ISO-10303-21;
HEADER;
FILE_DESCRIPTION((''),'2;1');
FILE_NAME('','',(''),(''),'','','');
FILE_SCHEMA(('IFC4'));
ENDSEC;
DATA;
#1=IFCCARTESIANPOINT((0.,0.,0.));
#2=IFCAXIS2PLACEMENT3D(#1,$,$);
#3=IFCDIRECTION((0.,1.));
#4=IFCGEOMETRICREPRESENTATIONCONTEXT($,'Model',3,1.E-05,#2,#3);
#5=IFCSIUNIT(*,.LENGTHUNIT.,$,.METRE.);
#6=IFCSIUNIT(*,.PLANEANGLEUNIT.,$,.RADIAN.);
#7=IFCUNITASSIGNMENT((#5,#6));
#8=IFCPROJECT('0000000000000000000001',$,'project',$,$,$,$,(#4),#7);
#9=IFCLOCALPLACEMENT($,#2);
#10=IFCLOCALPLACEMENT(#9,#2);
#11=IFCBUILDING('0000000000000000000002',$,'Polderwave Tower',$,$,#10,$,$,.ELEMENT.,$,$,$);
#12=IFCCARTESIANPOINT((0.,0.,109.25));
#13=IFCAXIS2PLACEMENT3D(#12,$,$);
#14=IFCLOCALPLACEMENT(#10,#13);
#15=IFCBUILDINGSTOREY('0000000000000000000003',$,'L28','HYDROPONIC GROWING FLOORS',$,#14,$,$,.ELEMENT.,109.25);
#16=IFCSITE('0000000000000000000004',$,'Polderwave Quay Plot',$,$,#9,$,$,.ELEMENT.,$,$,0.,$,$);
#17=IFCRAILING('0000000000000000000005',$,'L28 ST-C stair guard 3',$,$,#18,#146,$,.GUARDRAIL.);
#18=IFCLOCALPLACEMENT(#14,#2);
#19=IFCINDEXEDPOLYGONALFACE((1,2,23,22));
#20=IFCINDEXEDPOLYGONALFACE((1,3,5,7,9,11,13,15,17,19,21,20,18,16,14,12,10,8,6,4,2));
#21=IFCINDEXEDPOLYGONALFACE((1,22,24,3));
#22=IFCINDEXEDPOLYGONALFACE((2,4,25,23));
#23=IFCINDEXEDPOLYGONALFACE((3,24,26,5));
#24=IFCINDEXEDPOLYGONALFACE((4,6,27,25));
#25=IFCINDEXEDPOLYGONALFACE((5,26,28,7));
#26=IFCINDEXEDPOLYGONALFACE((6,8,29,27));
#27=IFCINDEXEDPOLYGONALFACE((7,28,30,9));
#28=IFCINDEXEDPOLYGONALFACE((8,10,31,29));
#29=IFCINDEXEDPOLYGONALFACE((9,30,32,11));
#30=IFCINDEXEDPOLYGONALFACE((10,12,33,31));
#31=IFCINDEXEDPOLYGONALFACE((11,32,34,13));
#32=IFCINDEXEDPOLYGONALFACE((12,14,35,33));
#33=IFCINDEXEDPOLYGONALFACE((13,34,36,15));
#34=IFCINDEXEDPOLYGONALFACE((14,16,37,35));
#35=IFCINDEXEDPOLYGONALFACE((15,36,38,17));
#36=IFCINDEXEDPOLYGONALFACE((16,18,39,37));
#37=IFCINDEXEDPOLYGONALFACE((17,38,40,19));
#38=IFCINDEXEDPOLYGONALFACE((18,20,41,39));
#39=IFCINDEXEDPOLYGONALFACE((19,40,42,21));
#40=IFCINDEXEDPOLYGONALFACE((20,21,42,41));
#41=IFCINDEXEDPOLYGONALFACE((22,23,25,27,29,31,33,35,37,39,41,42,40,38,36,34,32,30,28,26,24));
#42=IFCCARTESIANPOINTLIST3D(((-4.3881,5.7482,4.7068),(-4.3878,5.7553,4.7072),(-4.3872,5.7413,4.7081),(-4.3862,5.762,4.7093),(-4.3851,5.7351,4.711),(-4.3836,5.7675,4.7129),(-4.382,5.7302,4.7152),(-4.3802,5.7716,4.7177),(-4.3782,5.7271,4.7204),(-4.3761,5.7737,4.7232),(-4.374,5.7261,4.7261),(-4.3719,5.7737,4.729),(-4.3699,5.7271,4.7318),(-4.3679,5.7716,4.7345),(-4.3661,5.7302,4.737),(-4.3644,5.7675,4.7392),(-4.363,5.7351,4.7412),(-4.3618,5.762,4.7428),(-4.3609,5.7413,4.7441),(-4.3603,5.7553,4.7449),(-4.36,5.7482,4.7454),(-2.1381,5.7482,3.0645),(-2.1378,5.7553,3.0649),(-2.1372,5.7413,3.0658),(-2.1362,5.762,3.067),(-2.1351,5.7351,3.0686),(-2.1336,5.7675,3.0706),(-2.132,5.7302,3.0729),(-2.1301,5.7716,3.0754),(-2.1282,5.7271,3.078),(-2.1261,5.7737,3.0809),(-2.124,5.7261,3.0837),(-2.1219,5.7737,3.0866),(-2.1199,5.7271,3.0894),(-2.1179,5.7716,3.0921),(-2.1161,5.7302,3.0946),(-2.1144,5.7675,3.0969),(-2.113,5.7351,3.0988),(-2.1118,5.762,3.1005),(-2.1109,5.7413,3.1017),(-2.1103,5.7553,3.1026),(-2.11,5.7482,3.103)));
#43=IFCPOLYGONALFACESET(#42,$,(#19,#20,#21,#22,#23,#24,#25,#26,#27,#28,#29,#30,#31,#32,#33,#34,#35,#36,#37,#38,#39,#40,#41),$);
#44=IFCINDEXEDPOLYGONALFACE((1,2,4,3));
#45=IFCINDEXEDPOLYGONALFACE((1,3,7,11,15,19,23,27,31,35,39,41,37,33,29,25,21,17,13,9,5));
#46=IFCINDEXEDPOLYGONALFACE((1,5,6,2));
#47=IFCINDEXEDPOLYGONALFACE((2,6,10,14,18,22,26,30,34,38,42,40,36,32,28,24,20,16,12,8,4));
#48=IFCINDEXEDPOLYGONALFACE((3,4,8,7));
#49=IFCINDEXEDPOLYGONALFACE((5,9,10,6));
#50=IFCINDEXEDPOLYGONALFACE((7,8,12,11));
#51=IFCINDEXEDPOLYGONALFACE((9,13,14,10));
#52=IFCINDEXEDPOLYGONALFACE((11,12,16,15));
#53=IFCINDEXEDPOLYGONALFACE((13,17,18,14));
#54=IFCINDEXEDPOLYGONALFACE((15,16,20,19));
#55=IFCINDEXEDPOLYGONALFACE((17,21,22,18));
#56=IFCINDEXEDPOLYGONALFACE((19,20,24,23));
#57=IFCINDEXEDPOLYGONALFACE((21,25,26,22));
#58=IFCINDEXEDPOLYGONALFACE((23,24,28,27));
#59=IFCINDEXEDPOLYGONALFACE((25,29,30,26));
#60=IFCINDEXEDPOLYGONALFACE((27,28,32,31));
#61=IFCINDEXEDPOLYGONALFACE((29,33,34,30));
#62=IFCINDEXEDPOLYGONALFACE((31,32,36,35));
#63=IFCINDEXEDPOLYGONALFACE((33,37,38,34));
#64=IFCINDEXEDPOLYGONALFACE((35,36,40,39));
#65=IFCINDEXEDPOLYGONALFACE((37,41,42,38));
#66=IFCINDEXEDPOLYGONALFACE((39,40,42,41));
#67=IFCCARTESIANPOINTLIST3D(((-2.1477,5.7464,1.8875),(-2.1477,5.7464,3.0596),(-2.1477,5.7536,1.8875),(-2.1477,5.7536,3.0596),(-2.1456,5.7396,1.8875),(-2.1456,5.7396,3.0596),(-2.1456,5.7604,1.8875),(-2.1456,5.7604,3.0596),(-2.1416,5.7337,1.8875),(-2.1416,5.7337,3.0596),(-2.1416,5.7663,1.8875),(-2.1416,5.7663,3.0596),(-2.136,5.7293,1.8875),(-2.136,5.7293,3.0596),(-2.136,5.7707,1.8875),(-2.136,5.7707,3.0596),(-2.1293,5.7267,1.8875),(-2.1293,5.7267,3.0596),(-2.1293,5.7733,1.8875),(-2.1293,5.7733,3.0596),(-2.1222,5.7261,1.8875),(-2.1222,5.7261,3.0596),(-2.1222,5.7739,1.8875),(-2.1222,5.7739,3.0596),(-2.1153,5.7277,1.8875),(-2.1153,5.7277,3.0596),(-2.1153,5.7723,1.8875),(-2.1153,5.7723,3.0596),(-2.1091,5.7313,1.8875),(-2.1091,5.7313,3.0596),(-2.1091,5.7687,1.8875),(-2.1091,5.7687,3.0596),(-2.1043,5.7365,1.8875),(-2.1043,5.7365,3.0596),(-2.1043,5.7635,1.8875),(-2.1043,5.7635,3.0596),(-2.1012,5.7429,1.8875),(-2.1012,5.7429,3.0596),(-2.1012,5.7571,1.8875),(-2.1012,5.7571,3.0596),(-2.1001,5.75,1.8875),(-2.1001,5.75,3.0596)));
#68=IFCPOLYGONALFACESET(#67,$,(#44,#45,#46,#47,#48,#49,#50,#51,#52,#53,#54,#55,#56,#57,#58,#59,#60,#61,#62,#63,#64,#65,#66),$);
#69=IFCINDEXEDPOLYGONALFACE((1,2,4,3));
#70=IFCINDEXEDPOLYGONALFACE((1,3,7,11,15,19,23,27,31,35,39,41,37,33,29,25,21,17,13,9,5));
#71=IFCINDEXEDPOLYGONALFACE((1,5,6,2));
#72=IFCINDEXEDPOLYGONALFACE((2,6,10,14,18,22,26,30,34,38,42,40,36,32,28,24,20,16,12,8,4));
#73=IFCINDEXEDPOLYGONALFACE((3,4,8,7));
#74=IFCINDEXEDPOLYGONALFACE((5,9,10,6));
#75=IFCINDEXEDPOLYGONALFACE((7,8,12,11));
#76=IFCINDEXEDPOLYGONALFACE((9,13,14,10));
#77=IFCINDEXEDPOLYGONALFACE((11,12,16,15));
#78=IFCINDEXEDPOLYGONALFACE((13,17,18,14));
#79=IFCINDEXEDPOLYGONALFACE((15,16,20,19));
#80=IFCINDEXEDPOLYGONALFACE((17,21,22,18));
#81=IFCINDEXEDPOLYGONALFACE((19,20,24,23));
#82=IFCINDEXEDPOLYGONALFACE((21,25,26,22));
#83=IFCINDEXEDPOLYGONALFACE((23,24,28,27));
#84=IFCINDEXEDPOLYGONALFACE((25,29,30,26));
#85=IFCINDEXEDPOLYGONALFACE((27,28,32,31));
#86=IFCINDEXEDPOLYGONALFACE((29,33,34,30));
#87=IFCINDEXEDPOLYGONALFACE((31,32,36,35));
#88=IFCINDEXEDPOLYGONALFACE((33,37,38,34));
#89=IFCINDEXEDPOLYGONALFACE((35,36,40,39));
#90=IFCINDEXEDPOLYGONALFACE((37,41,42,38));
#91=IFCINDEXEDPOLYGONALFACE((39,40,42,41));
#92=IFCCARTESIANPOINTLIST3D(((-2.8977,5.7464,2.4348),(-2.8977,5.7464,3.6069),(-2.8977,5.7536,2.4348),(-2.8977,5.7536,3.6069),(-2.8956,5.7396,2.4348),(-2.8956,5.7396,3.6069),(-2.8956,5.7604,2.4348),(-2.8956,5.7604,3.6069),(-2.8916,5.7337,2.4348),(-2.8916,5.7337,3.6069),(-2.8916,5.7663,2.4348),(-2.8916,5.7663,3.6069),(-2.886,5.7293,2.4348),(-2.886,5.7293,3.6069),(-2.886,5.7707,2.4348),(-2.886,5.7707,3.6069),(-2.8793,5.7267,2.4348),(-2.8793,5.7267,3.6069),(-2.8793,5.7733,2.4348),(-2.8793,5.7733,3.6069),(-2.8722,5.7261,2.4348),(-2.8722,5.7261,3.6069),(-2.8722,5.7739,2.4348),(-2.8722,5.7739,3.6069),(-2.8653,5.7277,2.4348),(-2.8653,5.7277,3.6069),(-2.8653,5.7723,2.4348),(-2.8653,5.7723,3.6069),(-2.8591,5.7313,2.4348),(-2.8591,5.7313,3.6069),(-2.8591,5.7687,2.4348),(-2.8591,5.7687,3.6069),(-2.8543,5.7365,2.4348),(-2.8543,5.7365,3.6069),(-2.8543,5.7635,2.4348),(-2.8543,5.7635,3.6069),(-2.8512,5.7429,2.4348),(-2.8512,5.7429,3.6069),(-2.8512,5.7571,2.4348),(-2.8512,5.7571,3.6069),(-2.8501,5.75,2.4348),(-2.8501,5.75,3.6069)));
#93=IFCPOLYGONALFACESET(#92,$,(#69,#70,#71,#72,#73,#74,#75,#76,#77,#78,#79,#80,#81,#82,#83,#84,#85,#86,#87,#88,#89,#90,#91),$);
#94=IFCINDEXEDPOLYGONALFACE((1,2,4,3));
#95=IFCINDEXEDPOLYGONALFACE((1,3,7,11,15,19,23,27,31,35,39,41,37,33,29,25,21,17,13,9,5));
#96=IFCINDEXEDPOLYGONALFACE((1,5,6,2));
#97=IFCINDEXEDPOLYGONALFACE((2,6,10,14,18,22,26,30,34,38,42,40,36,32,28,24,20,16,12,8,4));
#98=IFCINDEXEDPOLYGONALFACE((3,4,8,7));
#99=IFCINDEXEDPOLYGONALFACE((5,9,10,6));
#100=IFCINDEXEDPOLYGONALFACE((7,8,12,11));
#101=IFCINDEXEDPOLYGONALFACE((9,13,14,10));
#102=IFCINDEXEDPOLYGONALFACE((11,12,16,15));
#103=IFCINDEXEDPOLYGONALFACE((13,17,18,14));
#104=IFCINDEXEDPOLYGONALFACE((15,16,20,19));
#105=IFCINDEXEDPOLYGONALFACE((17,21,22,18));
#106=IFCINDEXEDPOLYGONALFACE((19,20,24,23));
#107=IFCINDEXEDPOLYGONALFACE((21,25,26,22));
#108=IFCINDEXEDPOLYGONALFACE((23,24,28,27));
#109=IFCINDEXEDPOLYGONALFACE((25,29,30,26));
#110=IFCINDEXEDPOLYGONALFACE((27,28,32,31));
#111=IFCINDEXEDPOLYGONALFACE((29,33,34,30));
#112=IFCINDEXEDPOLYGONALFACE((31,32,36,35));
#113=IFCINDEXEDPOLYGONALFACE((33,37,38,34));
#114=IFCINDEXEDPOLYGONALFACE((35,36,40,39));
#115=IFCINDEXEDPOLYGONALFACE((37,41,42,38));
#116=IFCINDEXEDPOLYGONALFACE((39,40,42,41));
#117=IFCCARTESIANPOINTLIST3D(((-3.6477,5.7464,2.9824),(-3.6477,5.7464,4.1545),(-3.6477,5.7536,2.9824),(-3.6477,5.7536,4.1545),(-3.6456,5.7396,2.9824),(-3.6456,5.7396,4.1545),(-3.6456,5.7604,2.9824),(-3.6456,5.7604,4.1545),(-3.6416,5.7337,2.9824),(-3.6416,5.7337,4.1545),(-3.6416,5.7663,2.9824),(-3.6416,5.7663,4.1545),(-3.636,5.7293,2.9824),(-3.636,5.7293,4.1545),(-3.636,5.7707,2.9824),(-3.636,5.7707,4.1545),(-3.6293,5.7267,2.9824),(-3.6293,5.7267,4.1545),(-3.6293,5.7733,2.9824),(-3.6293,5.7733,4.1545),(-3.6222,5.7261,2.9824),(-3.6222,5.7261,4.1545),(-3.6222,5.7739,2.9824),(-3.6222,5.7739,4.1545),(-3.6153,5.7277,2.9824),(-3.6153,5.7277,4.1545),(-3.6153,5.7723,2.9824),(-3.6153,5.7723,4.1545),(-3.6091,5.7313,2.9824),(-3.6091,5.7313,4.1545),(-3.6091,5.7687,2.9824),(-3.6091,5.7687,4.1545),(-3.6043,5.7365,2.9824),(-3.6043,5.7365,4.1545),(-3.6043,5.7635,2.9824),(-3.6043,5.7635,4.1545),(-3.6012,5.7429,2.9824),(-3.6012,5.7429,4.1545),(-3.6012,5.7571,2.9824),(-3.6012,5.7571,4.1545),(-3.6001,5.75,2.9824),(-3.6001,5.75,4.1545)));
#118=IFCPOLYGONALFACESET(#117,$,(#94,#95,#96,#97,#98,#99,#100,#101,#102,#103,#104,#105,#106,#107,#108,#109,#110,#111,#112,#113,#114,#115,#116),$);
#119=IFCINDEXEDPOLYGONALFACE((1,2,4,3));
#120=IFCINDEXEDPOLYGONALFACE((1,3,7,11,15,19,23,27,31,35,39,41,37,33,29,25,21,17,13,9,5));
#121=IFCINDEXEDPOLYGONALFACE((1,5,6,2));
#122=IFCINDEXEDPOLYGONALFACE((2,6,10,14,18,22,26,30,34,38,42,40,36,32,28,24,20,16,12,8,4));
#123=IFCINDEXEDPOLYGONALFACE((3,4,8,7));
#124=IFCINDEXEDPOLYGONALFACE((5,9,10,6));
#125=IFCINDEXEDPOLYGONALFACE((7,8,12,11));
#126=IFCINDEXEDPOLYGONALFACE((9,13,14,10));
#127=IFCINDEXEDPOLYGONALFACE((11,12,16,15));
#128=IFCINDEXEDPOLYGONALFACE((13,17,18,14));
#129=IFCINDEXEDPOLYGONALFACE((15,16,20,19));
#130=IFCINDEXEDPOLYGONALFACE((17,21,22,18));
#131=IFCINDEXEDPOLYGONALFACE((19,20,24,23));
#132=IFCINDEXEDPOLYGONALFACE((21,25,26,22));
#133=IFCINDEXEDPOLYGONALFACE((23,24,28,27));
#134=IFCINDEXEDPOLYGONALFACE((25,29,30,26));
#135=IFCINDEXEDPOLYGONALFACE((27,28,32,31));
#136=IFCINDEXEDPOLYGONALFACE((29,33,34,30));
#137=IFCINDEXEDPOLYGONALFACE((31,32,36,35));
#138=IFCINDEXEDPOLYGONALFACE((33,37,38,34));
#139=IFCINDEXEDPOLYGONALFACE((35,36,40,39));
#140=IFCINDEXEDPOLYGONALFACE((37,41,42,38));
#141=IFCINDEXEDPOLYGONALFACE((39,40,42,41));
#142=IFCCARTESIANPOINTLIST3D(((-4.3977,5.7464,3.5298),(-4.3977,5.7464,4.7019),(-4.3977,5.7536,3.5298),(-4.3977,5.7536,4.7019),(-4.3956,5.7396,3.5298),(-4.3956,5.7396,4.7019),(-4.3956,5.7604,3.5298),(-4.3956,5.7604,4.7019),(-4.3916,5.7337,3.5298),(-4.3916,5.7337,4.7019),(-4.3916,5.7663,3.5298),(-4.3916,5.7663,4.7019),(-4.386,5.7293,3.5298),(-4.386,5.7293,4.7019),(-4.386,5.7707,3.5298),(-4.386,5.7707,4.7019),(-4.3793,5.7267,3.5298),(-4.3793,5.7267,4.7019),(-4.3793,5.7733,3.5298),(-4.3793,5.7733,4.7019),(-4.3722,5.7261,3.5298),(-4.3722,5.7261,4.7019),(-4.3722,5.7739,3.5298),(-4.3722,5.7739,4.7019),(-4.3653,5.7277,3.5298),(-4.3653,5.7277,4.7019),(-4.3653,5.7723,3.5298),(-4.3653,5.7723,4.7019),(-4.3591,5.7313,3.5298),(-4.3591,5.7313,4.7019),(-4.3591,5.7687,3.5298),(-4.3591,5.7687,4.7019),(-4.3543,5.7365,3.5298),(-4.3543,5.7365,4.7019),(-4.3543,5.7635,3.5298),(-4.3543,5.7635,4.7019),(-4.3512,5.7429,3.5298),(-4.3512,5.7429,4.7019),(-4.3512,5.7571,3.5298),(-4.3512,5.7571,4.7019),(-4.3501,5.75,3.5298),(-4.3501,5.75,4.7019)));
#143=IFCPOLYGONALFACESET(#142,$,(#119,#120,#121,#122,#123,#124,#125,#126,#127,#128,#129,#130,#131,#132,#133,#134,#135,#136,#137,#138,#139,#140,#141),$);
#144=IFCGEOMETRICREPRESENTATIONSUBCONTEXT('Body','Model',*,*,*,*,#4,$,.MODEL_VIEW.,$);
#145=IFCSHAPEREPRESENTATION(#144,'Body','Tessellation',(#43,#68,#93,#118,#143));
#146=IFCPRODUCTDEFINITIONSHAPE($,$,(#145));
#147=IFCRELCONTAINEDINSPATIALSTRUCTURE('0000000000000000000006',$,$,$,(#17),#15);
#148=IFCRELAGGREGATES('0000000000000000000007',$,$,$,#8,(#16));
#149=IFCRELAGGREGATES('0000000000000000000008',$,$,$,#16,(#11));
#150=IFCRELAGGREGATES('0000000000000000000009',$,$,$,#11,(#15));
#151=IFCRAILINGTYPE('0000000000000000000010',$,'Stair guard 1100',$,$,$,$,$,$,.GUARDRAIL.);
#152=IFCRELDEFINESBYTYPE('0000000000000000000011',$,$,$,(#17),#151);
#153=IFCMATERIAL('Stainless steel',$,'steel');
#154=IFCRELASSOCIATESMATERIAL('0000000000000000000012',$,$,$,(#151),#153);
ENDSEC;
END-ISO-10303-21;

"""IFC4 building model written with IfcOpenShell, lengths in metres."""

from ifc_helpers import new_model, si_unit, direction, frame, origin, origin_2d, place, context, subcontext, project, spatial, circle, extrude, material, type_object, element, save


model = new_model("IFC4")

# Units and contexts
model_context = context("Model", 3, precision=1e-05, world=origin(), true_north=direction((0.0, 1.0)))
body_context = subcontext(model_context, "Body", "Model", "MODEL_VIEW")
ifc_project = project(units=[si_unit("LENGTHUNIT", "METRE"), si_unit("PLANEANGLEUNIT", "RADIAN")], contexts=[model_context])

# Site, building, storey
site_placement = place(None, origin())
site = spatial("IfcSite", under=ifc_project, at=site_placement, Name="Polderwave Quay Plot", CompositionType="ELEMENT", RefElevation=0.0)
building_placement = place(site_placement, origin())
building = spatial("IfcBuilding", under=site, at=building_placement, Name="Polderwave Tower", CompositionType="ELEMENT")
storey_placement = place(building_placement, frame((0.0, 0.0, 109.25)))
storey = spatial("IfcBuildingStorey", under=building, at=storey_placement, Name="L28", Description="HYDROPONIC GROWING FLOORS", CompositionType="ELEMENT", Elevation=109.25)

# Railing
ifc_material_1 = material(Name="Stainless steel", Category="steel")
railing_type_1 = type_object("IfcRailingType", Name="Stair guard 1100", PredefinedType="GUARDRAIL", material=ifc_material_1)
railing_1_placement = place(storey_placement, frame((-2.124, 5.75, 1.8875)))
element("IfcRailing", 1, at=railing_1_placement, inside=storey, type_object=railing_type_1, Name="L28 ST-C stair guard 3", PredefinedType="GUARDRAIL", context=body_context, shape_type="SweptSolid", body=[
    extrude(circle(Radius=0.0239, at=origin_2d()), frame((0.0, 0.0, 1.1963), z_axis=(-0.807715, 0.0, 0.589573), x_axis=(0.0, -1.0, 0.0)), (0.0, 0.0, 1.0), 2.7856),
    extrude(circle(Radius=0.0239, at=origin_2d()), origin(), (0.0, 0.0, 1.0), 1.1721),
    extrude(circle(Radius=0.0239, at=origin_2d()), frame((-0.75, 0.0, 0.5474)), (0.0, 0.0, 1.0), 1.1721),
    extrude(circle(Radius=0.0239, at=origin_2d()), frame((-1.5, 0.0, 1.095)), (0.0, 0.0, 1.0), 1.1721),
    extrude(circle(Radius=0.0239, at=origin_2d()), frame((-2.25, 0.0, 1.6423)), (0.0, 0.0, 1.0), 1.1721),
])

save(model, "model.ifc")
